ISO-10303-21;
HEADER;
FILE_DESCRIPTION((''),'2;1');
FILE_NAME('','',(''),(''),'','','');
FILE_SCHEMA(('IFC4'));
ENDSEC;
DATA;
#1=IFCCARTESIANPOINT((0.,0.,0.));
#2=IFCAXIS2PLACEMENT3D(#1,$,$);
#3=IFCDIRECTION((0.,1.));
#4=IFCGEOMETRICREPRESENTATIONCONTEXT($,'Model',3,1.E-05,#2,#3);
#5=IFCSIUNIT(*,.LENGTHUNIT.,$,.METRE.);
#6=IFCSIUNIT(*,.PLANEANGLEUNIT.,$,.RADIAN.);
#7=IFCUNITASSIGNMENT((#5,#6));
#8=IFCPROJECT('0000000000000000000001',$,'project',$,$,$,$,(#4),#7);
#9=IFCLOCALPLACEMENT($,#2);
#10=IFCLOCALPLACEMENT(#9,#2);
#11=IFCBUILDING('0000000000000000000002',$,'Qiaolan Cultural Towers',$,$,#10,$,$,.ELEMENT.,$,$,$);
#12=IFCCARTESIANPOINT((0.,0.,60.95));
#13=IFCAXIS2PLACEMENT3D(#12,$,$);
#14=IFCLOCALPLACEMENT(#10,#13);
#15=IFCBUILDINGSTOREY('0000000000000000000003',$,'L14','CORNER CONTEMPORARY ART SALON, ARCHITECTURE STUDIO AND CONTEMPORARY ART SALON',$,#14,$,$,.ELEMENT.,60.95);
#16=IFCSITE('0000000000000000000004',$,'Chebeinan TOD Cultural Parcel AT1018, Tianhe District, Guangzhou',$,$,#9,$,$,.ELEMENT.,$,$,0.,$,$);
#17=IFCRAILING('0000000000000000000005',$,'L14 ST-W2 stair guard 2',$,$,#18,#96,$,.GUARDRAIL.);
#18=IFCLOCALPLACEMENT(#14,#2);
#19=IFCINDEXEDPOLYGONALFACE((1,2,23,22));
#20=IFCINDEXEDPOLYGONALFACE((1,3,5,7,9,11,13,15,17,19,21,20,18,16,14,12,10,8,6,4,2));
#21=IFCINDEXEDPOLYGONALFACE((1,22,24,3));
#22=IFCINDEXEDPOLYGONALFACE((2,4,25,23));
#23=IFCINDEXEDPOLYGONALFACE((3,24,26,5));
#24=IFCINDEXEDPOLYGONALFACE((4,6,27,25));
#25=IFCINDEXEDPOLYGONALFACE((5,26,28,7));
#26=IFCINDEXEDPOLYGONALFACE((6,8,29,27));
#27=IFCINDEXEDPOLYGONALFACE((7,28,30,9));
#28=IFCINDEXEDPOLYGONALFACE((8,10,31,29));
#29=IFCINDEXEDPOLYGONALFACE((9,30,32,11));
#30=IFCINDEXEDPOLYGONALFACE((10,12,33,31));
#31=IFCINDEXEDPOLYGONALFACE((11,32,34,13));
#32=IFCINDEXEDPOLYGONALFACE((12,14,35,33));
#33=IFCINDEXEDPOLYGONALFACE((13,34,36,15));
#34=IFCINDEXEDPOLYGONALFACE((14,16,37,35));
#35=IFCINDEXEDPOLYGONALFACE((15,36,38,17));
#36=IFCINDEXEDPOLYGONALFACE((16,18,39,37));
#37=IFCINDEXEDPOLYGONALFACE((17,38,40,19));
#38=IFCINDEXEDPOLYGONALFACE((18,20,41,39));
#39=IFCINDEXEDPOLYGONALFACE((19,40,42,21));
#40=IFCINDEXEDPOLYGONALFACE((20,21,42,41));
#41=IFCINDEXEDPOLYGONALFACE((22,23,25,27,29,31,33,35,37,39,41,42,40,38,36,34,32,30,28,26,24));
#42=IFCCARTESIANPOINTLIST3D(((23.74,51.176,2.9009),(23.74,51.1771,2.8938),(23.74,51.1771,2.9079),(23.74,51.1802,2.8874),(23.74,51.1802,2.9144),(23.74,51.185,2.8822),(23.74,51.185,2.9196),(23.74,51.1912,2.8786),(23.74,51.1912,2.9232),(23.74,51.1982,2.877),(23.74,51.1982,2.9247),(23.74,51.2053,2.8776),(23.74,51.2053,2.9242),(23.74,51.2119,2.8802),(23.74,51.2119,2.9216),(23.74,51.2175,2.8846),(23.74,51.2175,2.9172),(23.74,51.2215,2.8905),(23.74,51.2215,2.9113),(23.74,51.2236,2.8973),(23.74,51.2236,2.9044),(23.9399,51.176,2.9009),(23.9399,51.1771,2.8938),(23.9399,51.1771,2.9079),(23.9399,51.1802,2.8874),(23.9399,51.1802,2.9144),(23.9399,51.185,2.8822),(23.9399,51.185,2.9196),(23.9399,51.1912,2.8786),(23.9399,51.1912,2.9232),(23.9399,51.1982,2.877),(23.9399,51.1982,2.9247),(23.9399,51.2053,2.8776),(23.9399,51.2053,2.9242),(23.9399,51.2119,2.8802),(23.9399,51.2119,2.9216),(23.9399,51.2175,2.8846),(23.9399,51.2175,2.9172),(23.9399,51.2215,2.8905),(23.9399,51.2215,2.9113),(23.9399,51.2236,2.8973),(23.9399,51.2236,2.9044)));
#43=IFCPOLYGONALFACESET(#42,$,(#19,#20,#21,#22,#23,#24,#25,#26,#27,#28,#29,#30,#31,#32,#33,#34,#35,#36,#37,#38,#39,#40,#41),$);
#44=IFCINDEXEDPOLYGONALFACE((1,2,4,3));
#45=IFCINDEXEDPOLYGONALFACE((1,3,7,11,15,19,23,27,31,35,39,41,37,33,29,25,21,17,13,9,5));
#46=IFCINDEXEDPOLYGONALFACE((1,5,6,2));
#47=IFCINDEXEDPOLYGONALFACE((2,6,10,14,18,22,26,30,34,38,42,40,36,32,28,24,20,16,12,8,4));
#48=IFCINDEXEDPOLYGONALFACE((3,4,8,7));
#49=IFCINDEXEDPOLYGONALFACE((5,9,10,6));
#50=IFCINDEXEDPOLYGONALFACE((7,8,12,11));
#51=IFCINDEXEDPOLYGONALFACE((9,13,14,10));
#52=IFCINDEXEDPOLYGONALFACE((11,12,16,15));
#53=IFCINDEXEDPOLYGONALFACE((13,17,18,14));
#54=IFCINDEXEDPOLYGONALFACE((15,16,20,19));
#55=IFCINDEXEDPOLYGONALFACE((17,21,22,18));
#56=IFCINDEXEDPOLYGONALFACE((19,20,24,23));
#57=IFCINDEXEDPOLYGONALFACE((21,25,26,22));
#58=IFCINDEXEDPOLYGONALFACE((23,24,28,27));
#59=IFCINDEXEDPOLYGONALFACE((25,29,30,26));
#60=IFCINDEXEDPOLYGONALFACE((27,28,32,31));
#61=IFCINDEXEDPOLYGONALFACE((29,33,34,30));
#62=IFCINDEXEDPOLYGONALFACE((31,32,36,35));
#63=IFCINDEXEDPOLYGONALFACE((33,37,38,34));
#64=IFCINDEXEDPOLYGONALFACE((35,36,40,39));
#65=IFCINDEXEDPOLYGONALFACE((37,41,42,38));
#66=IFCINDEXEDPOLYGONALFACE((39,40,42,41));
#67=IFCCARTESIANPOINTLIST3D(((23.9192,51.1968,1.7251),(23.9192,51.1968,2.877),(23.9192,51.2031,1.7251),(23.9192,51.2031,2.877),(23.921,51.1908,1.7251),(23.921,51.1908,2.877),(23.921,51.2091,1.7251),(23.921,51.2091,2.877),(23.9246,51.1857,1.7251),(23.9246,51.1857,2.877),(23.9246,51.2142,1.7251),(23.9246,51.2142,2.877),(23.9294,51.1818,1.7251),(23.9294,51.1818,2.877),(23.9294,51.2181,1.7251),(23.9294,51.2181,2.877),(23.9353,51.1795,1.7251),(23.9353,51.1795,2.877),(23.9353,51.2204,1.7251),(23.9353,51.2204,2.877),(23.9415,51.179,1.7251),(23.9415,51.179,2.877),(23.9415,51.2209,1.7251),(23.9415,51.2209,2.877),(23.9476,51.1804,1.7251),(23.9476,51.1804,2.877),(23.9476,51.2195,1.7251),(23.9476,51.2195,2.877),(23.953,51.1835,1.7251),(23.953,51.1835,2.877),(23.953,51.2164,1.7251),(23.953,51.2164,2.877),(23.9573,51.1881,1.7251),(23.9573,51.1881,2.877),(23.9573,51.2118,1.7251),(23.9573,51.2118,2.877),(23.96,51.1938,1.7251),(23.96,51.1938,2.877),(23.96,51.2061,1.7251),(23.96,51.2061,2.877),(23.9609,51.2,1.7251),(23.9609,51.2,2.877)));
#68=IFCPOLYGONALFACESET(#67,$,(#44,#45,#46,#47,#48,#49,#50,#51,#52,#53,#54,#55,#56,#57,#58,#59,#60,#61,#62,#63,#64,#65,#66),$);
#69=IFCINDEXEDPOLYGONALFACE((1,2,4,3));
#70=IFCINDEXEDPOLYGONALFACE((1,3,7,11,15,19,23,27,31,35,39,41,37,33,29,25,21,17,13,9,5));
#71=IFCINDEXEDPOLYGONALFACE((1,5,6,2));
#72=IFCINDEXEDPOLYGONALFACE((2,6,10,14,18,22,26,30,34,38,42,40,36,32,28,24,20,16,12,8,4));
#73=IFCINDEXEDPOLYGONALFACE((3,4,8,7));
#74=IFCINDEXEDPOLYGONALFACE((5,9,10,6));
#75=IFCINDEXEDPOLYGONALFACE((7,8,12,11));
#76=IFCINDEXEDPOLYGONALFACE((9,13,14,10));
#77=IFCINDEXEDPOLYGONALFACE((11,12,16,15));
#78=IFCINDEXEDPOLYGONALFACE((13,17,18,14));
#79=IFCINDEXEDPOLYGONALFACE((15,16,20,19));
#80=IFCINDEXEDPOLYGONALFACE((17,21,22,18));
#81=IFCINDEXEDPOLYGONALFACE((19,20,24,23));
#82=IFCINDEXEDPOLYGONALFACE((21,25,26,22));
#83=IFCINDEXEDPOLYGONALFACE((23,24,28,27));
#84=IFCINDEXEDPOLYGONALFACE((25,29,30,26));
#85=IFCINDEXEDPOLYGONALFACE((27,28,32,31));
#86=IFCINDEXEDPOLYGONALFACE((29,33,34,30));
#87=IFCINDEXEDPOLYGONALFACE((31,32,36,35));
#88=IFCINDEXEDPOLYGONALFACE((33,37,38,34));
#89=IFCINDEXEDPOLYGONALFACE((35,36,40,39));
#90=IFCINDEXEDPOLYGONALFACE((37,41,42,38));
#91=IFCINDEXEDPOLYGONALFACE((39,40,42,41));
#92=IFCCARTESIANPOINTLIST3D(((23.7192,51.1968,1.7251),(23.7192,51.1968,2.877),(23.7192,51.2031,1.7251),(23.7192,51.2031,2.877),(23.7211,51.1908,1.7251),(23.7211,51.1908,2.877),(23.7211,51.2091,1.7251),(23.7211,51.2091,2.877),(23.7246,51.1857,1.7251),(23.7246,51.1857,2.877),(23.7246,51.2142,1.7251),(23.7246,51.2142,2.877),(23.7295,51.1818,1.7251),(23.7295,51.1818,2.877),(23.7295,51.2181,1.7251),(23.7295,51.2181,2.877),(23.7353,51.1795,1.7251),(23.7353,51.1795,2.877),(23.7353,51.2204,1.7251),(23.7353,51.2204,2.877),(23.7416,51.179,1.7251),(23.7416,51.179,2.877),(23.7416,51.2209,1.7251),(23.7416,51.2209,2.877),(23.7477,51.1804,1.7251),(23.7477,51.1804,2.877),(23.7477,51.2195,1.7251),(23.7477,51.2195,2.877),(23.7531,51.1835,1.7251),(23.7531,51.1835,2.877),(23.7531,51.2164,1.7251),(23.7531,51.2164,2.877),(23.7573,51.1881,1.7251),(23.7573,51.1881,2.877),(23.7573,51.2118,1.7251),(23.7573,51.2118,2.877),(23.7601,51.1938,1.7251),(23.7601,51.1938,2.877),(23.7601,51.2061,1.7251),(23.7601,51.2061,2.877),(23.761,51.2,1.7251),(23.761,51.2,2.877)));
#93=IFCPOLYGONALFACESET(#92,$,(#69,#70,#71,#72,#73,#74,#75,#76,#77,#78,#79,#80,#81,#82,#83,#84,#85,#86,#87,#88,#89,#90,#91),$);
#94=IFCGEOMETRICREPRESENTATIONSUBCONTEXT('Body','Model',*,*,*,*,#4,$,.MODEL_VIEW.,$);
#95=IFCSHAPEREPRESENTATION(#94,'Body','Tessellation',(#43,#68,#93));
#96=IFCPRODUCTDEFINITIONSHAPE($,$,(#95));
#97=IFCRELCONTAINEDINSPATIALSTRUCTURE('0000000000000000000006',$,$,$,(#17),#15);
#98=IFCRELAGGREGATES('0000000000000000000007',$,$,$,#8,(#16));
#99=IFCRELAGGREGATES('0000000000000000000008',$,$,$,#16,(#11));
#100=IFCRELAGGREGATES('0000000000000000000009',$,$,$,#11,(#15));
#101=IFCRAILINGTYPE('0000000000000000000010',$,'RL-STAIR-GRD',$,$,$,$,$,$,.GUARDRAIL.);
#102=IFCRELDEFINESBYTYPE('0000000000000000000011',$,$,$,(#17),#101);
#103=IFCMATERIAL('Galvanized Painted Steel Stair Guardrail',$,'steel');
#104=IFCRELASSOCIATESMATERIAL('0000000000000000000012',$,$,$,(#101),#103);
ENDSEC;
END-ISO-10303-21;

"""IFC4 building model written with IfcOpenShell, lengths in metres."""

from ifc_helpers import new_model, si_unit, direction, frame, origin, origin_2d, place, context, subcontext, project, spatial, circle, extrude, material, type_object, element, save


model = new_model("IFC4")

# Units and contexts
model_context = context("Model", 3, precision=1e-05, world=origin(), true_north=direction((0.0, 1.0)))
body_context = subcontext(model_context, "Body", "Model", "MODEL_VIEW")
ifc_project = project(units=[si_unit("LENGTHUNIT", "METRE"), si_unit("PLANEANGLEUNIT", "RADIAN")], contexts=[model_context])

# Site, building, storey
site_placement = place(None, origin())
site = spatial("IfcSite", under=ifc_project, at=site_placement, Name="Chebeinan TOD Cultural Parcel AT1018, Tianhe District, Guangzhou", CompositionType="ELEMENT", RefElevation=0.0)
building_placement = place(site_placement, origin())
building = spatial("IfcBuilding", under=site, at=building_placement, Name="Qiaolan Cultural Towers", CompositionType="ELEMENT")
storey_placement = place(building_placement, frame((0.0, 0.0, 60.95)))
storey = spatial("IfcBuildingStorey", under=building, at=storey_placement, Name="L14", Description="CORNER CONTEMPORARY ART SALON, ARCHITECTURE STUDIO AND CONTEMPORARY ART SALON", CompositionType="ELEMENT", Elevation=60.95)

# Railing
ifc_material_1 = material(Name="Galvanized Painted Steel Stair Guardrail", Category="steel")
railing_type_1 = type_object("IfcRailingType", Name="RL-STAIR-GRD", PredefinedType="GUARDRAIL", material=ifc_material_1)
railing_1_placement = place(storey_placement, frame((23.9399, 51.2, 1.7251)))
element("IfcRailing", 1, at=railing_1_placement, inside=storey, type_object=railing_type_1, Name="L14 ST-W2 stair guard 2", PredefinedType="GUARDRAIL", context=body_context, shape_type="SweptSolid", body=[
    extrude(circle(Radius=0.0239, at=origin_2d()), frame((0.0, 0.0, 1.1758), z_axis=(-1.0, 0.0, 0.0), x_axis=(0.0, -1.0, 0.0)), (0.0, 0.0, 1.0), 0.2),
    extrude(circle(Radius=0.021, at=origin_2d()), origin(), (0.0, 0.0, 1.0), 1.1519),
    extrude(circle(Radius=0.021, at=origin_2d()), frame((-0.2, 0.0, 0.0)), (0.0, 0.0, 1.0), 1.1519),
])

save(model, "model.ifc")
